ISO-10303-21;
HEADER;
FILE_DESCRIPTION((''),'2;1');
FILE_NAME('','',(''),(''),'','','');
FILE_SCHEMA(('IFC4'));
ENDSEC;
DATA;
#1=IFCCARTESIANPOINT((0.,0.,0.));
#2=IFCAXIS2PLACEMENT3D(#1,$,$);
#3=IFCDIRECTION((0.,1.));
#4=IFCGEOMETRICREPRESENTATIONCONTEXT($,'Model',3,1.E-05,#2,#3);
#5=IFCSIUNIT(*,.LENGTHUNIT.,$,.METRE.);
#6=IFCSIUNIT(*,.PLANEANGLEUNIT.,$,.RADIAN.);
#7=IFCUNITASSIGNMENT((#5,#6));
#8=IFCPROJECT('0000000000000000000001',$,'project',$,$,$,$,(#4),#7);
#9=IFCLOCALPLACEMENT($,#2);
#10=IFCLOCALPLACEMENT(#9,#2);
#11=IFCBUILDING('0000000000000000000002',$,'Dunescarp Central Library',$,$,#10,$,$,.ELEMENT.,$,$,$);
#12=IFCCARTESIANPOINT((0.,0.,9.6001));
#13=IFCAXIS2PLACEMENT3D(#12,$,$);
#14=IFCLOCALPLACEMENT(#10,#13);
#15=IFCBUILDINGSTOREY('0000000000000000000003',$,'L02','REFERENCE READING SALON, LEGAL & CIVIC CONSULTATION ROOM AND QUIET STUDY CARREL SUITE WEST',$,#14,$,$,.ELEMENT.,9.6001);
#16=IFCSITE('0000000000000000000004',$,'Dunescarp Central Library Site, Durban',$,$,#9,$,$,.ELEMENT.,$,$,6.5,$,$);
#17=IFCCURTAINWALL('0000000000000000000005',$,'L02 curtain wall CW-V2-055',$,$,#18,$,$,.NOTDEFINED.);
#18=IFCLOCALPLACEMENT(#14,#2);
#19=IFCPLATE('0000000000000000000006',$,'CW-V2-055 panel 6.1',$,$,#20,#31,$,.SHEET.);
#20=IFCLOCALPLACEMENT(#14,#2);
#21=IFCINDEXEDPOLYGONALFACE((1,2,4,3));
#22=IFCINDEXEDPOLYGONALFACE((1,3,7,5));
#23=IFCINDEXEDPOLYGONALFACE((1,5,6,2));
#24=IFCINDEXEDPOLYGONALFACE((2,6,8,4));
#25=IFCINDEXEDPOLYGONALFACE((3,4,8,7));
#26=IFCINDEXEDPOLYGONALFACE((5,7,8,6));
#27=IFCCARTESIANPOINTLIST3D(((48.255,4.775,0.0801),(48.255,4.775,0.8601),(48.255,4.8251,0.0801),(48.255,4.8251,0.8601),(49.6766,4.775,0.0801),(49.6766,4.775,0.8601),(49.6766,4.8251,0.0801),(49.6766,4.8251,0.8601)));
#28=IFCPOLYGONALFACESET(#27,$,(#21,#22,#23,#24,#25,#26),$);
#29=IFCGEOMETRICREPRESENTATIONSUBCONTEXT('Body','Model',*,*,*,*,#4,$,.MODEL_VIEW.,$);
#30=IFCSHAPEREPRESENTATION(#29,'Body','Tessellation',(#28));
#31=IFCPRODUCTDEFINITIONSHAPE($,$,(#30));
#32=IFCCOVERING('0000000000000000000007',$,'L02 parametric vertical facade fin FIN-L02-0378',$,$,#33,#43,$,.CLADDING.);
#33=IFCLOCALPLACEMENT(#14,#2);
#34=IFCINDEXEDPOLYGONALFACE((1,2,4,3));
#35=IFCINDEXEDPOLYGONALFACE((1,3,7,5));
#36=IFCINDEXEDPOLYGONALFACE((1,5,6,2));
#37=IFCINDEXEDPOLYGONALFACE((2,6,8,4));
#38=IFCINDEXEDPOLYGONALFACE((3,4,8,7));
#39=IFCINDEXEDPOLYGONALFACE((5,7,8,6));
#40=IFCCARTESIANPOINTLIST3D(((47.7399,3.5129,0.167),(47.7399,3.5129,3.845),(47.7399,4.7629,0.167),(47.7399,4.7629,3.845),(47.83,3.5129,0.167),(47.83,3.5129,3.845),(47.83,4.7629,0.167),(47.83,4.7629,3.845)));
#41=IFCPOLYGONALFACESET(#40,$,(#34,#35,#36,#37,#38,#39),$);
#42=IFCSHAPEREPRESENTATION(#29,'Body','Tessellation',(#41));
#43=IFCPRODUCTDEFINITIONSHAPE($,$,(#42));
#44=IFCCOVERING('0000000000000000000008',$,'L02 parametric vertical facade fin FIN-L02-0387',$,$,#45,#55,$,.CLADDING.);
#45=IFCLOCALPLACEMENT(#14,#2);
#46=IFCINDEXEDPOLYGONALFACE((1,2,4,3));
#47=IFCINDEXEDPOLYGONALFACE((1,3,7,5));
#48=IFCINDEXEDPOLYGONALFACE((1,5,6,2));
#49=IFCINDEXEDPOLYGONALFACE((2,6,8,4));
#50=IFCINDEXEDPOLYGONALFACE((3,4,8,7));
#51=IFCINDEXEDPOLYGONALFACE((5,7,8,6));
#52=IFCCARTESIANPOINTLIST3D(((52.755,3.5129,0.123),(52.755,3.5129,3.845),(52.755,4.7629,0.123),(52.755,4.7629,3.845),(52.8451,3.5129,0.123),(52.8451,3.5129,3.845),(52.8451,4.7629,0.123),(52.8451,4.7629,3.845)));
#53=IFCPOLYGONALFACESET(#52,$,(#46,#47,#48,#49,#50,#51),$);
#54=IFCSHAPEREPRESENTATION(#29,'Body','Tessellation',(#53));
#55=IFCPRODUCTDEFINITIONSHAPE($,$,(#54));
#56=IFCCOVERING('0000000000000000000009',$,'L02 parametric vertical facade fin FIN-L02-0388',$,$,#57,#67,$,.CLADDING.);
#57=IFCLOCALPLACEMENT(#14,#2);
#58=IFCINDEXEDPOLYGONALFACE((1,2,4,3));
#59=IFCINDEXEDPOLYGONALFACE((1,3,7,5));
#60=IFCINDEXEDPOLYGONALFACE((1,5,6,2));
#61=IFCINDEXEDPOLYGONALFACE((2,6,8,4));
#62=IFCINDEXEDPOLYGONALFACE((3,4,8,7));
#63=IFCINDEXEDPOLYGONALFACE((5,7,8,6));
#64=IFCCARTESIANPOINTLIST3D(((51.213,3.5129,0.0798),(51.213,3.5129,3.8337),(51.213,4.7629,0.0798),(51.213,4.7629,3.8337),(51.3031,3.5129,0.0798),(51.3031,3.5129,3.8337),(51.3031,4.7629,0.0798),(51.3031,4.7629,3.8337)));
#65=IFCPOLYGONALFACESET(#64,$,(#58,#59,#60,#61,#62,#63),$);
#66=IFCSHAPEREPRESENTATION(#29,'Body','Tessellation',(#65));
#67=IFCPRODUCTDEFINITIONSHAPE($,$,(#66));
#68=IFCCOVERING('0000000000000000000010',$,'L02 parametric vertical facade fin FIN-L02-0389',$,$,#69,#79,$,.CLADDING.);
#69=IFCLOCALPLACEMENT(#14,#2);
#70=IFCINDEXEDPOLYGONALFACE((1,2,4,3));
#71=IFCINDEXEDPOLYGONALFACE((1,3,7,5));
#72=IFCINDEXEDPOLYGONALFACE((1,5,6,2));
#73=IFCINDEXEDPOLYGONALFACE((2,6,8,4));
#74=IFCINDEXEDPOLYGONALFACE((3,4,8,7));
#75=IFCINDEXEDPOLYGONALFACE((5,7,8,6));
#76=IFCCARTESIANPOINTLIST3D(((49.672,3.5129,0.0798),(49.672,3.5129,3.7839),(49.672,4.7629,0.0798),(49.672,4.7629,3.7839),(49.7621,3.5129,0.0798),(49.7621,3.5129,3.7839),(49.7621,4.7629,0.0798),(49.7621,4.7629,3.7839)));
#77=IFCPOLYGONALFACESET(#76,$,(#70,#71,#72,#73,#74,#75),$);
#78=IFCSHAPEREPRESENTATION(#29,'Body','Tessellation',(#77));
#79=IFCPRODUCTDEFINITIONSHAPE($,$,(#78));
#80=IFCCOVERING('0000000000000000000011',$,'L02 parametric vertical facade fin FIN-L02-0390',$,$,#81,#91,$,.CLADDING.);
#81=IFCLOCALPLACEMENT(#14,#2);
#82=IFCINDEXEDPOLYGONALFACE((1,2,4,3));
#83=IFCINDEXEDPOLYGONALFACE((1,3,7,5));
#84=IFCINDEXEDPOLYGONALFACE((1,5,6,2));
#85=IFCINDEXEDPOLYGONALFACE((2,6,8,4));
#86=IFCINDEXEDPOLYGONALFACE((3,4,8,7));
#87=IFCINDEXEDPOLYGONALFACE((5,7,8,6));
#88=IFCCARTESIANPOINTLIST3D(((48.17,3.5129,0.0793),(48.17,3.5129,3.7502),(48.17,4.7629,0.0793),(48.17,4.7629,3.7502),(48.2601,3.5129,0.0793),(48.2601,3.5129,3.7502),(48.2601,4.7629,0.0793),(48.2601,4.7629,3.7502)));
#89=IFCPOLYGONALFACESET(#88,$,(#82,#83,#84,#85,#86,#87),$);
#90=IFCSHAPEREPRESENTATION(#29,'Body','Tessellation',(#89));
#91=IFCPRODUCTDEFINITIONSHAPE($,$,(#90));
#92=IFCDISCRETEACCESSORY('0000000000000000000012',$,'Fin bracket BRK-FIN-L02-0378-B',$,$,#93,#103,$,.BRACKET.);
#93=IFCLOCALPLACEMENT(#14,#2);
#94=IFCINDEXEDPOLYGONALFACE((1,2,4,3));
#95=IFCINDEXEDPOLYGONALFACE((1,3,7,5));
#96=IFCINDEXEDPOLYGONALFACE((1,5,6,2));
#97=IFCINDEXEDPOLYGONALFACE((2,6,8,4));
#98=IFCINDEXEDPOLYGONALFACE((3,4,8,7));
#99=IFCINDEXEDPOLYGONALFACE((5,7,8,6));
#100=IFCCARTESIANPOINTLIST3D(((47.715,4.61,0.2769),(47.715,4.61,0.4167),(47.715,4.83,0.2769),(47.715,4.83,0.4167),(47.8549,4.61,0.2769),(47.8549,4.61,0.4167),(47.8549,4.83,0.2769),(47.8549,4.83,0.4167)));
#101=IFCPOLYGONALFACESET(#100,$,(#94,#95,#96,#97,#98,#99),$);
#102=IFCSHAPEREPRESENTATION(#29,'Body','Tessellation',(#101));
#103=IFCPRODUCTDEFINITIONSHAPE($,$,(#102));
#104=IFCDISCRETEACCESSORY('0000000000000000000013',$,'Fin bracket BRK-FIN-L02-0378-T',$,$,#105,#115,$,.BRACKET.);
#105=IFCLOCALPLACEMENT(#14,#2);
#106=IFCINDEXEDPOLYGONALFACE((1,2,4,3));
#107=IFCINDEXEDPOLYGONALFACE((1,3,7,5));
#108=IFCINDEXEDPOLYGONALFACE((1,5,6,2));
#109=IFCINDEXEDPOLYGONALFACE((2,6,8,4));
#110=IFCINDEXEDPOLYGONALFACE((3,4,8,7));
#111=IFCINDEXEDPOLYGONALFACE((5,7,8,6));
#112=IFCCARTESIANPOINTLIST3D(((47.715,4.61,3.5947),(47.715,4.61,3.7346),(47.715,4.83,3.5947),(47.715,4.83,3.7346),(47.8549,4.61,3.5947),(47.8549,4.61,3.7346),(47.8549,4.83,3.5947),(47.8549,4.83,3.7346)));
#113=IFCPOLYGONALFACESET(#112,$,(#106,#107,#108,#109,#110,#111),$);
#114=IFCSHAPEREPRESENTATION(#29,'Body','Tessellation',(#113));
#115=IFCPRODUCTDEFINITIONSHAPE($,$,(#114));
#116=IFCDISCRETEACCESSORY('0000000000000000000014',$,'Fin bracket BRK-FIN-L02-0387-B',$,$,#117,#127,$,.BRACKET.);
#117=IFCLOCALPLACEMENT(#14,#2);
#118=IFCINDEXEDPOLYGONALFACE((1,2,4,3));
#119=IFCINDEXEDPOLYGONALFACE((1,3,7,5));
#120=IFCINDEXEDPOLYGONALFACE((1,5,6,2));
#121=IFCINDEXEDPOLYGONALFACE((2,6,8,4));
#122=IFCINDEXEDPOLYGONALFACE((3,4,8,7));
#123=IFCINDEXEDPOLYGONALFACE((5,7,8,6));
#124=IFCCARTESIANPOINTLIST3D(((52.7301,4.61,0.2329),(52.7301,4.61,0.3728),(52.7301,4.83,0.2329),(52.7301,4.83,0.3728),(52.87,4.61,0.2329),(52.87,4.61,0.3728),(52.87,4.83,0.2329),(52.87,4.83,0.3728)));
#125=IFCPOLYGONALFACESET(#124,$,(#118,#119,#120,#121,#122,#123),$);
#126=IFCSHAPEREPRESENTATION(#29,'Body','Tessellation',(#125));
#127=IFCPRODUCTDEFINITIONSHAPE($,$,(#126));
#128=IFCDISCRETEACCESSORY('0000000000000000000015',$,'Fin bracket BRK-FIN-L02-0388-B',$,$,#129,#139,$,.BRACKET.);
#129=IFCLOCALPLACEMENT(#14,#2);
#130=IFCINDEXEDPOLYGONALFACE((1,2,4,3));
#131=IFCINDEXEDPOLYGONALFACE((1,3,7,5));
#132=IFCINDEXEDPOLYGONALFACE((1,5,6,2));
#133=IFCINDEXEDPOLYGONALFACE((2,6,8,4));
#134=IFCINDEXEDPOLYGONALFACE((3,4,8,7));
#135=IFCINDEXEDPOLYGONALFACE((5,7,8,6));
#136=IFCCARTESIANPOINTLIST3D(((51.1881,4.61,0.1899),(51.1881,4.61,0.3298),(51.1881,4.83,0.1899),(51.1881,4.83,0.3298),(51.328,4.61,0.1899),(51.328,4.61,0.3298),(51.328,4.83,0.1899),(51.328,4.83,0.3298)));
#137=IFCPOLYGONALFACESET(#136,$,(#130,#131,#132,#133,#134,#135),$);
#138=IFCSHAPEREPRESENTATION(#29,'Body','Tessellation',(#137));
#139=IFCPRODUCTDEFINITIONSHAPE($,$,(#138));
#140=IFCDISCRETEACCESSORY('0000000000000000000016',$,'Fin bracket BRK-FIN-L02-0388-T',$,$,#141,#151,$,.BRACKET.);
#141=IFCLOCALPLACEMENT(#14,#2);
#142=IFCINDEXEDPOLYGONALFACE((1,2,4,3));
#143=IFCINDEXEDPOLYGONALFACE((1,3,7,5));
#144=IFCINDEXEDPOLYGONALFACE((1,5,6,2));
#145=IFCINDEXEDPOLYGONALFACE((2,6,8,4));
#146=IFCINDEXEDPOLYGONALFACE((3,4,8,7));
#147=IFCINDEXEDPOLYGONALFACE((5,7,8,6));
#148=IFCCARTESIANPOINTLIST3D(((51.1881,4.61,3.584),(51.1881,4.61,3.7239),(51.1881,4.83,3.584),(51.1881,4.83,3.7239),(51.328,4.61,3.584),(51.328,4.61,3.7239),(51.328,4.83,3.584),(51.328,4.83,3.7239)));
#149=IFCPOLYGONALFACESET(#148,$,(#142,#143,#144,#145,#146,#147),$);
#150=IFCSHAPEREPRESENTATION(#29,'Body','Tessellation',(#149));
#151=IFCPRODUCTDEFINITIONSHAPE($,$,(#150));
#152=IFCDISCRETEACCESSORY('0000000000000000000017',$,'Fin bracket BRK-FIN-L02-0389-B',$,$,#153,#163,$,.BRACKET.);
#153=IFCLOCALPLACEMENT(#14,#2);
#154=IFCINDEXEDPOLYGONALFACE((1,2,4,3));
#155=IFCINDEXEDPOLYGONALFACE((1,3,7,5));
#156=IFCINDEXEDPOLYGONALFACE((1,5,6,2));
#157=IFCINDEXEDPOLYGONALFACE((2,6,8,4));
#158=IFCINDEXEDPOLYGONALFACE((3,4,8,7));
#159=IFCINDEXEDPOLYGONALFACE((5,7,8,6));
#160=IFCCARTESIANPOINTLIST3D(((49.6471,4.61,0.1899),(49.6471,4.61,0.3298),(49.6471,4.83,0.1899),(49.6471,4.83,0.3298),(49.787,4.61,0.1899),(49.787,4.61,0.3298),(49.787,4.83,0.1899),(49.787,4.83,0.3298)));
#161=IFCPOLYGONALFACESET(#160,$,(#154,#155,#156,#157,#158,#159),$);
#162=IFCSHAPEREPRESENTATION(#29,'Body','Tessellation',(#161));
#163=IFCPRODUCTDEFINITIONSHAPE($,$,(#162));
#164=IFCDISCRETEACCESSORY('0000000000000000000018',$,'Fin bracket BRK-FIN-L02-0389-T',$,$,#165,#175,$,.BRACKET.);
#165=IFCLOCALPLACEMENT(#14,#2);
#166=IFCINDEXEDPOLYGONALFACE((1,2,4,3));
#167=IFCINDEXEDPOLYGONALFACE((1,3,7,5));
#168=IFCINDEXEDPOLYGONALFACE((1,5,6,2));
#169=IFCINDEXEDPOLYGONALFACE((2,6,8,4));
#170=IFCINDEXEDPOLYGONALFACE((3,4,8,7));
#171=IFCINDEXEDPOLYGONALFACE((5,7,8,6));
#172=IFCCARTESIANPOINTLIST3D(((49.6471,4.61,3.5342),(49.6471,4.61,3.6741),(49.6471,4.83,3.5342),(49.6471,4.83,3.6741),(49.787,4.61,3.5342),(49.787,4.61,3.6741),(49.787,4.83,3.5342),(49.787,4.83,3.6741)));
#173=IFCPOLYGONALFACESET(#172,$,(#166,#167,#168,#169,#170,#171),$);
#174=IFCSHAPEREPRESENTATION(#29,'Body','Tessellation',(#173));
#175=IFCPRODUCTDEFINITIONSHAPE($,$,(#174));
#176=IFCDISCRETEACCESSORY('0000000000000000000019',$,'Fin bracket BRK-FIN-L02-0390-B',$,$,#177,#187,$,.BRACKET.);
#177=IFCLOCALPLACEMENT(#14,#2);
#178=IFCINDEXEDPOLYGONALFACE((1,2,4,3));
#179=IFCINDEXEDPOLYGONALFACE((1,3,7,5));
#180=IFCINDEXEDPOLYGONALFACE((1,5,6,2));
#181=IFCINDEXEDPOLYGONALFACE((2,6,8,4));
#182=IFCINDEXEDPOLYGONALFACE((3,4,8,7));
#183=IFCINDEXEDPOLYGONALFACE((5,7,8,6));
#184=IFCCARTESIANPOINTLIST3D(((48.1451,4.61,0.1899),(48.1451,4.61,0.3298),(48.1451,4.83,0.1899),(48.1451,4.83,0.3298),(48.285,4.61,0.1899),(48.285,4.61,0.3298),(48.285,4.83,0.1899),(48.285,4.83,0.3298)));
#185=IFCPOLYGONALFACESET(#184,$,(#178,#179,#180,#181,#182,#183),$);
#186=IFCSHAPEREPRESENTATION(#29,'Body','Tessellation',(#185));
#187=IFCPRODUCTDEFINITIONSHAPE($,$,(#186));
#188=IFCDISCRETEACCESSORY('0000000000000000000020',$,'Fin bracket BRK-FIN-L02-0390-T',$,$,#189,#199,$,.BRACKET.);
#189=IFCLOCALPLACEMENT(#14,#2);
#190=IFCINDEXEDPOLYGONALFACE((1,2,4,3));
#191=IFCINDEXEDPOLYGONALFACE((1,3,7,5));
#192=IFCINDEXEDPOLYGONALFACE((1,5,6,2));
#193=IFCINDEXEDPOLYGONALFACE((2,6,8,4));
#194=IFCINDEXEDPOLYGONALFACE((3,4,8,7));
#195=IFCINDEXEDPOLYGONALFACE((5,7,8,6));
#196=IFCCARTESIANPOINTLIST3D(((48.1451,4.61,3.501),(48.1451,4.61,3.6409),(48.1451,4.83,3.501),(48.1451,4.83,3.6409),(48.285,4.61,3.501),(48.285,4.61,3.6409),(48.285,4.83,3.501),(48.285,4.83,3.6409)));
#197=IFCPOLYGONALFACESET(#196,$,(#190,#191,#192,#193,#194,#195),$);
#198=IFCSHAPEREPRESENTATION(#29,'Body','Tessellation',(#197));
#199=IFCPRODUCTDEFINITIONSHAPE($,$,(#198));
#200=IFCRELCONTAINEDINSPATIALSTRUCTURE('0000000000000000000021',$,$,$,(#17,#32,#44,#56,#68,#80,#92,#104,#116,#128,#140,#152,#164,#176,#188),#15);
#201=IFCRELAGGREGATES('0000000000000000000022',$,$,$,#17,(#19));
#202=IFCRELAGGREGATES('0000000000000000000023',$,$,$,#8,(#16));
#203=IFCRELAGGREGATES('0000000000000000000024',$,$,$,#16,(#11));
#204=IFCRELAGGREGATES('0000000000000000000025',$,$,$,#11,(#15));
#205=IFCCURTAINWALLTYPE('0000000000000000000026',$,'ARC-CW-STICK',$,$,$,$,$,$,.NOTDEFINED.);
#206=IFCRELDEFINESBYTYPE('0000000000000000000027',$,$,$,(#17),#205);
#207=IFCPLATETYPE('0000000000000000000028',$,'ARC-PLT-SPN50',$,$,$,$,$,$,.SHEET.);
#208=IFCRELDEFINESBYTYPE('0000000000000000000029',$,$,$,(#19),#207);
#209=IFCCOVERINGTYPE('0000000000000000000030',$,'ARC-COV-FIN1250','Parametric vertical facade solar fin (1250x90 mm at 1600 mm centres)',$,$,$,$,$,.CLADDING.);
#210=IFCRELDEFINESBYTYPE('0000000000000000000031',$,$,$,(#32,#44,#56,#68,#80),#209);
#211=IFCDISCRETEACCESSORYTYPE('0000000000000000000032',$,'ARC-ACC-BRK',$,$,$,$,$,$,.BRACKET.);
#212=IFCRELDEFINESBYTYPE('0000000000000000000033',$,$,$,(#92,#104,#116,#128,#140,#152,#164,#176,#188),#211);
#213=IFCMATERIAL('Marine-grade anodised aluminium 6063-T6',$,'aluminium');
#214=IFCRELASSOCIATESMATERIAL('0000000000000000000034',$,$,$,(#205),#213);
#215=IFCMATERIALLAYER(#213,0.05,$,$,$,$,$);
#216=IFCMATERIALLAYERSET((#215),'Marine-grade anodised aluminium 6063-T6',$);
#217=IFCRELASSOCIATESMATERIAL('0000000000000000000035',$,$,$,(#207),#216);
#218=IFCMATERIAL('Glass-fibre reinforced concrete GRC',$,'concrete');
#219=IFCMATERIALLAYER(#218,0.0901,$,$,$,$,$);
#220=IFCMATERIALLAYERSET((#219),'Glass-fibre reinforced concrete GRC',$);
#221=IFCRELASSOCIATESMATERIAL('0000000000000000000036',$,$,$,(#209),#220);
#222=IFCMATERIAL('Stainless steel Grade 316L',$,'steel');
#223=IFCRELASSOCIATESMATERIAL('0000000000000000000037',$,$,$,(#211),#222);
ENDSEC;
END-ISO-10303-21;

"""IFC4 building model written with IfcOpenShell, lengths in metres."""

from ifc_helpers import new_model, si_unit, direction, frame, origin, origin_2d, place, context, subcontext, project, spatial, rectangle, extrude, material, layer, layer_set, type_object, element, aggregate, save


model = new_model("IFC4")

# Units and contexts
model_context = context("Model", 3, precision=1e-05, world=origin(), true_north=direction((0.0, 1.0)))
body_context = subcontext(model_context, "Body", "Model", "MODEL_VIEW")
ifc_project = project(units=[si_unit("LENGTHUNIT", "METRE"), si_unit("PLANEANGLEUNIT", "RADIAN")], contexts=[model_context])

# Site, building, storey
site_placement = place(None, origin())
site = spatial("IfcSite", under=ifc_project, at=site_placement, Name="Dunescarp Central Library Site, Durban", CompositionType="ELEMENT", RefElevation=6.5)
building_placement = place(site_placement, origin())
building = spatial("IfcBuilding", under=site, at=building_placement, Name="Dunescarp Central Library", CompositionType="ELEMENT")
storey_placement = place(building_placement, frame((0.0, 0.0, 9.6001)))
storey = spatial("IfcBuildingStorey", under=building, at=storey_placement, Name="L02", Description="REFERENCE READING SALON, LEGAL & CIVIC CONSULTATION ROOM AND QUIET STUDY CARREL SUITE WEST", CompositionType="ELEMENT", Elevation=9.6001)

# Curtain wall
ifc_material_1 = material(Name="Marine-grade anodised aluminium 6063-T6", Category="aluminium")
curtain_wall_type = type_object("IfcCurtainWallType", Name="ARC-CW-STICK", PredefinedType="NOTDEFINED", material=ifc_material_1)
curtain_wall_1_placement = place(storey_placement, origin())
curtain_wall_1 = element("IfcCurtainWall", 1, at=curtain_wall_1_placement, inside=storey, type_object=curtain_wall_type, Name="L02 curtain wall CW-V2-055", PredefinedType="NOTDEFINED")

# Plate
ifc_layer_1 = layer(ifc_material_1, 0.05)
ifc_layer_set_1 = layer_set([ifc_layer_1], Name="Marine-grade anodised aluminium 6063-T6")
plate_type_1 = type_object("IfcPlateType", Name="ARC-PLT-SPN50", PredefinedType="SHEET", material=ifc_layer_set_1)
plate_1_placement = place(storey_placement, frame((48.9658, 4.8, 0.0801), z_axis=(0.0, 0.0, 1.0), x_axis=(-1.0, 0.0, 0.0)))
plate_1 = element("IfcPlate", 2, at=plate_1_placement, type_object=plate_type_1, Name="CW-V2-055 panel 6.1", PredefinedType="SHEET", context=body_context, shape_type="SweptSolid", body=[
    extrude(rectangle(XDim=1.4216, YDim=0.05, at=origin_2d()), origin(), (0.0, 0.0, 1.0), 0.78),
])
aggregate(curtain_wall_1, [plate_1])

# Coverings
ifc_material_2 = material(Name="Glass-fibre reinforced concrete GRC", Category="concrete")
ifc_layer_2 = layer(ifc_material_2, 0.0901)
ifc_layer_set_2 = layer_set([ifc_layer_2], Name="Glass-fibre reinforced concrete GRC")
covering_type = type_object("IfcCoveringType", Name="ARC-COV-FIN1250", Description="Parametric vertical facade solar fin (1250x90 mm at 1600 mm centres)", PredefinedType="CLADDING", material=ifc_layer_set_2)
covering_1_placement = place(storey_placement, frame((47.7849, 4.1379, 0.167), z_axis=(0.0, 0.0, 1.0), x_axis=(0.0, -1.0, 0.0)))
element("IfcCovering", 3, at=covering_1_placement, inside=storey, type_object=covering_type, Name="L02 parametric vertical facade fin FIN-L02-0378", PredefinedType="CLADDING", context=body_context, shape_type="SweptSolid", body=[
    extrude(rectangle(XDim=1.25, YDim=0.0901, at=origin_2d()), origin(), (0.0, 0.0, 1.0), 3.678),
])
covering_2_placement = place(storey_placement, frame((52.8, 4.1379, 0.123), z_axis=(0.0, 0.0, 1.0), x_axis=(0.0, -1.0, 0.0)))
element("IfcCovering", 4, at=covering_2_placement, inside=storey, type_object=covering_type, Name="L02 parametric vertical facade fin FIN-L02-0387", PredefinedType="CLADDING", context=body_context, shape_type="SweptSolid", body=[
    extrude(rectangle(XDim=1.25, YDim=0.0901, at=origin_2d()), origin(), (0.0, 0.0, 1.0), 3.7219),
])
covering_3_placement = place(storey_placement, frame((51.2581, 4.1379, 0.0798), z_axis=(0.0, 0.0, 1.0), x_axis=(0.0, -1.0, 0.0)))
element("IfcCovering", 5, at=covering_3_placement, inside=storey, type_object=covering_type, Name="L02 parametric vertical facade fin FIN-L02-0388", PredefinedType="CLADDING", context=body_context, shape_type="SweptSolid", body=[
    extrude(rectangle(XDim=1.25, YDim=0.0901, at=origin_2d()), origin(), (0.0, 0.0, 1.0), 3.7539),
])
covering_4_placement = place(storey_placement, frame((49.717, 4.1379, 0.0798), z_axis=(0.0, 0.0, 1.0), x_axis=(0.0, -1.0, 0.0)))
element("IfcCovering", 6, at=covering_4_placement, inside=storey, type_object=covering_type, Name="L02 parametric vertical facade fin FIN-L02-0389", PredefinedType="CLADDING", context=body_context, shape_type="SweptSolid", body=[
    extrude(rectangle(XDim=1.25, YDim=0.0901, at=origin_2d()), origin(), (0.0, 0.0, 1.0), 3.7041),
])
covering_5_placement = place(storey_placement, frame((48.2151, 4.1379, 0.0793), z_axis=(0.0, 0.0, 1.0), x_axis=(0.0, -1.0, 0.0)))
element("IfcCovering", 7, at=covering_5_placement, inside=storey, type_object=covering_type, Name="L02 parametric vertical facade fin FIN-L02-0390", PredefinedType="CLADDING", context=body_context, shape_type="SweptSolid", body=[
    extrude(rectangle(XDim=1.25, YDim=0.0901, at=origin_2d()), origin(), (0.0, 0.0, 1.0), 3.6709),
])

# Discrete accessories
ifc_material_3 = material(Name="Stainless steel Grade 316L", Category="steel")
discrete_accessory_type = type_object("IfcDiscreteAccessoryType", Name="ARC-ACC-BRK", PredefinedType="BRACKET", material=ifc_material_3)
for number, where, z_axis, x_axis, name in (
    (8, (47.7849, 4.72, 0.2769), (0.0, 0.0, 1.0), (0.0, -1.0, 0.0), "Fin bracket BRK-FIN-L02-0378-B"),
    (9, (47.7849, 4.72, 3.5947), (0.0, 0.0, 1.0), (0.0, -1.0, 0.0), "Fin bracket BRK-FIN-L02-0378-T"),
    (10, (52.8, 4.72, 0.2329), (0.0, 0.0, 1.0), (0.0, -1.0, 0.0), "Fin bracket BRK-FIN-L02-0387-B"),
    (11, (51.2581, 4.72, 0.1899), (0.0, 0.0, 1.0), (0.0, -1.0, 0.0), "Fin bracket BRK-FIN-L02-0388-B"),
    (12, (51.2581, 4.72, 3.584), (0.0, 0.0, 1.0), (0.0, -1.0, 0.0), "Fin bracket BRK-FIN-L02-0388-T"),
    (13, (49.717, 4.72, 0.1899), (0.0, 0.0, 1.0), (0.0, -1.0, 0.0), "Fin bracket BRK-FIN-L02-0389-B"),
    (14, (49.717, 4.72, 3.5342), (0.0, 0.0, 1.0), (0.0, -1.0, 0.0), "Fin bracket BRK-FIN-L02-0389-T"),
    (15, (48.2151, 4.72, 0.1899), (0.0, 0.0, 1.0), (0.0, -1.0, 0.0), "Fin bracket BRK-FIN-L02-0390-B"),
    (16, (48.2151, 4.72, 3.501), (0.0, 0.0, 1.0), (0.0, -1.0, 0.0), "Fin bracket BRK-FIN-L02-0390-T"),
):
    element("IfcDiscreteAccessory", number, at=place(storey_placement, frame(where, z_axis=z_axis, x_axis=x_axis)), inside=storey, type_object=discrete_accessory_type, Name=name, PredefinedType="BRACKET", context=body_context, shape_type="SweptSolid", body=[
        extrude(rectangle(XDim=0.22, YDim=0.1399, at=origin_2d()), origin(), (0.0, 0.0, 1.0), 0.1399),
    ])

save(model, "model.ifc")
